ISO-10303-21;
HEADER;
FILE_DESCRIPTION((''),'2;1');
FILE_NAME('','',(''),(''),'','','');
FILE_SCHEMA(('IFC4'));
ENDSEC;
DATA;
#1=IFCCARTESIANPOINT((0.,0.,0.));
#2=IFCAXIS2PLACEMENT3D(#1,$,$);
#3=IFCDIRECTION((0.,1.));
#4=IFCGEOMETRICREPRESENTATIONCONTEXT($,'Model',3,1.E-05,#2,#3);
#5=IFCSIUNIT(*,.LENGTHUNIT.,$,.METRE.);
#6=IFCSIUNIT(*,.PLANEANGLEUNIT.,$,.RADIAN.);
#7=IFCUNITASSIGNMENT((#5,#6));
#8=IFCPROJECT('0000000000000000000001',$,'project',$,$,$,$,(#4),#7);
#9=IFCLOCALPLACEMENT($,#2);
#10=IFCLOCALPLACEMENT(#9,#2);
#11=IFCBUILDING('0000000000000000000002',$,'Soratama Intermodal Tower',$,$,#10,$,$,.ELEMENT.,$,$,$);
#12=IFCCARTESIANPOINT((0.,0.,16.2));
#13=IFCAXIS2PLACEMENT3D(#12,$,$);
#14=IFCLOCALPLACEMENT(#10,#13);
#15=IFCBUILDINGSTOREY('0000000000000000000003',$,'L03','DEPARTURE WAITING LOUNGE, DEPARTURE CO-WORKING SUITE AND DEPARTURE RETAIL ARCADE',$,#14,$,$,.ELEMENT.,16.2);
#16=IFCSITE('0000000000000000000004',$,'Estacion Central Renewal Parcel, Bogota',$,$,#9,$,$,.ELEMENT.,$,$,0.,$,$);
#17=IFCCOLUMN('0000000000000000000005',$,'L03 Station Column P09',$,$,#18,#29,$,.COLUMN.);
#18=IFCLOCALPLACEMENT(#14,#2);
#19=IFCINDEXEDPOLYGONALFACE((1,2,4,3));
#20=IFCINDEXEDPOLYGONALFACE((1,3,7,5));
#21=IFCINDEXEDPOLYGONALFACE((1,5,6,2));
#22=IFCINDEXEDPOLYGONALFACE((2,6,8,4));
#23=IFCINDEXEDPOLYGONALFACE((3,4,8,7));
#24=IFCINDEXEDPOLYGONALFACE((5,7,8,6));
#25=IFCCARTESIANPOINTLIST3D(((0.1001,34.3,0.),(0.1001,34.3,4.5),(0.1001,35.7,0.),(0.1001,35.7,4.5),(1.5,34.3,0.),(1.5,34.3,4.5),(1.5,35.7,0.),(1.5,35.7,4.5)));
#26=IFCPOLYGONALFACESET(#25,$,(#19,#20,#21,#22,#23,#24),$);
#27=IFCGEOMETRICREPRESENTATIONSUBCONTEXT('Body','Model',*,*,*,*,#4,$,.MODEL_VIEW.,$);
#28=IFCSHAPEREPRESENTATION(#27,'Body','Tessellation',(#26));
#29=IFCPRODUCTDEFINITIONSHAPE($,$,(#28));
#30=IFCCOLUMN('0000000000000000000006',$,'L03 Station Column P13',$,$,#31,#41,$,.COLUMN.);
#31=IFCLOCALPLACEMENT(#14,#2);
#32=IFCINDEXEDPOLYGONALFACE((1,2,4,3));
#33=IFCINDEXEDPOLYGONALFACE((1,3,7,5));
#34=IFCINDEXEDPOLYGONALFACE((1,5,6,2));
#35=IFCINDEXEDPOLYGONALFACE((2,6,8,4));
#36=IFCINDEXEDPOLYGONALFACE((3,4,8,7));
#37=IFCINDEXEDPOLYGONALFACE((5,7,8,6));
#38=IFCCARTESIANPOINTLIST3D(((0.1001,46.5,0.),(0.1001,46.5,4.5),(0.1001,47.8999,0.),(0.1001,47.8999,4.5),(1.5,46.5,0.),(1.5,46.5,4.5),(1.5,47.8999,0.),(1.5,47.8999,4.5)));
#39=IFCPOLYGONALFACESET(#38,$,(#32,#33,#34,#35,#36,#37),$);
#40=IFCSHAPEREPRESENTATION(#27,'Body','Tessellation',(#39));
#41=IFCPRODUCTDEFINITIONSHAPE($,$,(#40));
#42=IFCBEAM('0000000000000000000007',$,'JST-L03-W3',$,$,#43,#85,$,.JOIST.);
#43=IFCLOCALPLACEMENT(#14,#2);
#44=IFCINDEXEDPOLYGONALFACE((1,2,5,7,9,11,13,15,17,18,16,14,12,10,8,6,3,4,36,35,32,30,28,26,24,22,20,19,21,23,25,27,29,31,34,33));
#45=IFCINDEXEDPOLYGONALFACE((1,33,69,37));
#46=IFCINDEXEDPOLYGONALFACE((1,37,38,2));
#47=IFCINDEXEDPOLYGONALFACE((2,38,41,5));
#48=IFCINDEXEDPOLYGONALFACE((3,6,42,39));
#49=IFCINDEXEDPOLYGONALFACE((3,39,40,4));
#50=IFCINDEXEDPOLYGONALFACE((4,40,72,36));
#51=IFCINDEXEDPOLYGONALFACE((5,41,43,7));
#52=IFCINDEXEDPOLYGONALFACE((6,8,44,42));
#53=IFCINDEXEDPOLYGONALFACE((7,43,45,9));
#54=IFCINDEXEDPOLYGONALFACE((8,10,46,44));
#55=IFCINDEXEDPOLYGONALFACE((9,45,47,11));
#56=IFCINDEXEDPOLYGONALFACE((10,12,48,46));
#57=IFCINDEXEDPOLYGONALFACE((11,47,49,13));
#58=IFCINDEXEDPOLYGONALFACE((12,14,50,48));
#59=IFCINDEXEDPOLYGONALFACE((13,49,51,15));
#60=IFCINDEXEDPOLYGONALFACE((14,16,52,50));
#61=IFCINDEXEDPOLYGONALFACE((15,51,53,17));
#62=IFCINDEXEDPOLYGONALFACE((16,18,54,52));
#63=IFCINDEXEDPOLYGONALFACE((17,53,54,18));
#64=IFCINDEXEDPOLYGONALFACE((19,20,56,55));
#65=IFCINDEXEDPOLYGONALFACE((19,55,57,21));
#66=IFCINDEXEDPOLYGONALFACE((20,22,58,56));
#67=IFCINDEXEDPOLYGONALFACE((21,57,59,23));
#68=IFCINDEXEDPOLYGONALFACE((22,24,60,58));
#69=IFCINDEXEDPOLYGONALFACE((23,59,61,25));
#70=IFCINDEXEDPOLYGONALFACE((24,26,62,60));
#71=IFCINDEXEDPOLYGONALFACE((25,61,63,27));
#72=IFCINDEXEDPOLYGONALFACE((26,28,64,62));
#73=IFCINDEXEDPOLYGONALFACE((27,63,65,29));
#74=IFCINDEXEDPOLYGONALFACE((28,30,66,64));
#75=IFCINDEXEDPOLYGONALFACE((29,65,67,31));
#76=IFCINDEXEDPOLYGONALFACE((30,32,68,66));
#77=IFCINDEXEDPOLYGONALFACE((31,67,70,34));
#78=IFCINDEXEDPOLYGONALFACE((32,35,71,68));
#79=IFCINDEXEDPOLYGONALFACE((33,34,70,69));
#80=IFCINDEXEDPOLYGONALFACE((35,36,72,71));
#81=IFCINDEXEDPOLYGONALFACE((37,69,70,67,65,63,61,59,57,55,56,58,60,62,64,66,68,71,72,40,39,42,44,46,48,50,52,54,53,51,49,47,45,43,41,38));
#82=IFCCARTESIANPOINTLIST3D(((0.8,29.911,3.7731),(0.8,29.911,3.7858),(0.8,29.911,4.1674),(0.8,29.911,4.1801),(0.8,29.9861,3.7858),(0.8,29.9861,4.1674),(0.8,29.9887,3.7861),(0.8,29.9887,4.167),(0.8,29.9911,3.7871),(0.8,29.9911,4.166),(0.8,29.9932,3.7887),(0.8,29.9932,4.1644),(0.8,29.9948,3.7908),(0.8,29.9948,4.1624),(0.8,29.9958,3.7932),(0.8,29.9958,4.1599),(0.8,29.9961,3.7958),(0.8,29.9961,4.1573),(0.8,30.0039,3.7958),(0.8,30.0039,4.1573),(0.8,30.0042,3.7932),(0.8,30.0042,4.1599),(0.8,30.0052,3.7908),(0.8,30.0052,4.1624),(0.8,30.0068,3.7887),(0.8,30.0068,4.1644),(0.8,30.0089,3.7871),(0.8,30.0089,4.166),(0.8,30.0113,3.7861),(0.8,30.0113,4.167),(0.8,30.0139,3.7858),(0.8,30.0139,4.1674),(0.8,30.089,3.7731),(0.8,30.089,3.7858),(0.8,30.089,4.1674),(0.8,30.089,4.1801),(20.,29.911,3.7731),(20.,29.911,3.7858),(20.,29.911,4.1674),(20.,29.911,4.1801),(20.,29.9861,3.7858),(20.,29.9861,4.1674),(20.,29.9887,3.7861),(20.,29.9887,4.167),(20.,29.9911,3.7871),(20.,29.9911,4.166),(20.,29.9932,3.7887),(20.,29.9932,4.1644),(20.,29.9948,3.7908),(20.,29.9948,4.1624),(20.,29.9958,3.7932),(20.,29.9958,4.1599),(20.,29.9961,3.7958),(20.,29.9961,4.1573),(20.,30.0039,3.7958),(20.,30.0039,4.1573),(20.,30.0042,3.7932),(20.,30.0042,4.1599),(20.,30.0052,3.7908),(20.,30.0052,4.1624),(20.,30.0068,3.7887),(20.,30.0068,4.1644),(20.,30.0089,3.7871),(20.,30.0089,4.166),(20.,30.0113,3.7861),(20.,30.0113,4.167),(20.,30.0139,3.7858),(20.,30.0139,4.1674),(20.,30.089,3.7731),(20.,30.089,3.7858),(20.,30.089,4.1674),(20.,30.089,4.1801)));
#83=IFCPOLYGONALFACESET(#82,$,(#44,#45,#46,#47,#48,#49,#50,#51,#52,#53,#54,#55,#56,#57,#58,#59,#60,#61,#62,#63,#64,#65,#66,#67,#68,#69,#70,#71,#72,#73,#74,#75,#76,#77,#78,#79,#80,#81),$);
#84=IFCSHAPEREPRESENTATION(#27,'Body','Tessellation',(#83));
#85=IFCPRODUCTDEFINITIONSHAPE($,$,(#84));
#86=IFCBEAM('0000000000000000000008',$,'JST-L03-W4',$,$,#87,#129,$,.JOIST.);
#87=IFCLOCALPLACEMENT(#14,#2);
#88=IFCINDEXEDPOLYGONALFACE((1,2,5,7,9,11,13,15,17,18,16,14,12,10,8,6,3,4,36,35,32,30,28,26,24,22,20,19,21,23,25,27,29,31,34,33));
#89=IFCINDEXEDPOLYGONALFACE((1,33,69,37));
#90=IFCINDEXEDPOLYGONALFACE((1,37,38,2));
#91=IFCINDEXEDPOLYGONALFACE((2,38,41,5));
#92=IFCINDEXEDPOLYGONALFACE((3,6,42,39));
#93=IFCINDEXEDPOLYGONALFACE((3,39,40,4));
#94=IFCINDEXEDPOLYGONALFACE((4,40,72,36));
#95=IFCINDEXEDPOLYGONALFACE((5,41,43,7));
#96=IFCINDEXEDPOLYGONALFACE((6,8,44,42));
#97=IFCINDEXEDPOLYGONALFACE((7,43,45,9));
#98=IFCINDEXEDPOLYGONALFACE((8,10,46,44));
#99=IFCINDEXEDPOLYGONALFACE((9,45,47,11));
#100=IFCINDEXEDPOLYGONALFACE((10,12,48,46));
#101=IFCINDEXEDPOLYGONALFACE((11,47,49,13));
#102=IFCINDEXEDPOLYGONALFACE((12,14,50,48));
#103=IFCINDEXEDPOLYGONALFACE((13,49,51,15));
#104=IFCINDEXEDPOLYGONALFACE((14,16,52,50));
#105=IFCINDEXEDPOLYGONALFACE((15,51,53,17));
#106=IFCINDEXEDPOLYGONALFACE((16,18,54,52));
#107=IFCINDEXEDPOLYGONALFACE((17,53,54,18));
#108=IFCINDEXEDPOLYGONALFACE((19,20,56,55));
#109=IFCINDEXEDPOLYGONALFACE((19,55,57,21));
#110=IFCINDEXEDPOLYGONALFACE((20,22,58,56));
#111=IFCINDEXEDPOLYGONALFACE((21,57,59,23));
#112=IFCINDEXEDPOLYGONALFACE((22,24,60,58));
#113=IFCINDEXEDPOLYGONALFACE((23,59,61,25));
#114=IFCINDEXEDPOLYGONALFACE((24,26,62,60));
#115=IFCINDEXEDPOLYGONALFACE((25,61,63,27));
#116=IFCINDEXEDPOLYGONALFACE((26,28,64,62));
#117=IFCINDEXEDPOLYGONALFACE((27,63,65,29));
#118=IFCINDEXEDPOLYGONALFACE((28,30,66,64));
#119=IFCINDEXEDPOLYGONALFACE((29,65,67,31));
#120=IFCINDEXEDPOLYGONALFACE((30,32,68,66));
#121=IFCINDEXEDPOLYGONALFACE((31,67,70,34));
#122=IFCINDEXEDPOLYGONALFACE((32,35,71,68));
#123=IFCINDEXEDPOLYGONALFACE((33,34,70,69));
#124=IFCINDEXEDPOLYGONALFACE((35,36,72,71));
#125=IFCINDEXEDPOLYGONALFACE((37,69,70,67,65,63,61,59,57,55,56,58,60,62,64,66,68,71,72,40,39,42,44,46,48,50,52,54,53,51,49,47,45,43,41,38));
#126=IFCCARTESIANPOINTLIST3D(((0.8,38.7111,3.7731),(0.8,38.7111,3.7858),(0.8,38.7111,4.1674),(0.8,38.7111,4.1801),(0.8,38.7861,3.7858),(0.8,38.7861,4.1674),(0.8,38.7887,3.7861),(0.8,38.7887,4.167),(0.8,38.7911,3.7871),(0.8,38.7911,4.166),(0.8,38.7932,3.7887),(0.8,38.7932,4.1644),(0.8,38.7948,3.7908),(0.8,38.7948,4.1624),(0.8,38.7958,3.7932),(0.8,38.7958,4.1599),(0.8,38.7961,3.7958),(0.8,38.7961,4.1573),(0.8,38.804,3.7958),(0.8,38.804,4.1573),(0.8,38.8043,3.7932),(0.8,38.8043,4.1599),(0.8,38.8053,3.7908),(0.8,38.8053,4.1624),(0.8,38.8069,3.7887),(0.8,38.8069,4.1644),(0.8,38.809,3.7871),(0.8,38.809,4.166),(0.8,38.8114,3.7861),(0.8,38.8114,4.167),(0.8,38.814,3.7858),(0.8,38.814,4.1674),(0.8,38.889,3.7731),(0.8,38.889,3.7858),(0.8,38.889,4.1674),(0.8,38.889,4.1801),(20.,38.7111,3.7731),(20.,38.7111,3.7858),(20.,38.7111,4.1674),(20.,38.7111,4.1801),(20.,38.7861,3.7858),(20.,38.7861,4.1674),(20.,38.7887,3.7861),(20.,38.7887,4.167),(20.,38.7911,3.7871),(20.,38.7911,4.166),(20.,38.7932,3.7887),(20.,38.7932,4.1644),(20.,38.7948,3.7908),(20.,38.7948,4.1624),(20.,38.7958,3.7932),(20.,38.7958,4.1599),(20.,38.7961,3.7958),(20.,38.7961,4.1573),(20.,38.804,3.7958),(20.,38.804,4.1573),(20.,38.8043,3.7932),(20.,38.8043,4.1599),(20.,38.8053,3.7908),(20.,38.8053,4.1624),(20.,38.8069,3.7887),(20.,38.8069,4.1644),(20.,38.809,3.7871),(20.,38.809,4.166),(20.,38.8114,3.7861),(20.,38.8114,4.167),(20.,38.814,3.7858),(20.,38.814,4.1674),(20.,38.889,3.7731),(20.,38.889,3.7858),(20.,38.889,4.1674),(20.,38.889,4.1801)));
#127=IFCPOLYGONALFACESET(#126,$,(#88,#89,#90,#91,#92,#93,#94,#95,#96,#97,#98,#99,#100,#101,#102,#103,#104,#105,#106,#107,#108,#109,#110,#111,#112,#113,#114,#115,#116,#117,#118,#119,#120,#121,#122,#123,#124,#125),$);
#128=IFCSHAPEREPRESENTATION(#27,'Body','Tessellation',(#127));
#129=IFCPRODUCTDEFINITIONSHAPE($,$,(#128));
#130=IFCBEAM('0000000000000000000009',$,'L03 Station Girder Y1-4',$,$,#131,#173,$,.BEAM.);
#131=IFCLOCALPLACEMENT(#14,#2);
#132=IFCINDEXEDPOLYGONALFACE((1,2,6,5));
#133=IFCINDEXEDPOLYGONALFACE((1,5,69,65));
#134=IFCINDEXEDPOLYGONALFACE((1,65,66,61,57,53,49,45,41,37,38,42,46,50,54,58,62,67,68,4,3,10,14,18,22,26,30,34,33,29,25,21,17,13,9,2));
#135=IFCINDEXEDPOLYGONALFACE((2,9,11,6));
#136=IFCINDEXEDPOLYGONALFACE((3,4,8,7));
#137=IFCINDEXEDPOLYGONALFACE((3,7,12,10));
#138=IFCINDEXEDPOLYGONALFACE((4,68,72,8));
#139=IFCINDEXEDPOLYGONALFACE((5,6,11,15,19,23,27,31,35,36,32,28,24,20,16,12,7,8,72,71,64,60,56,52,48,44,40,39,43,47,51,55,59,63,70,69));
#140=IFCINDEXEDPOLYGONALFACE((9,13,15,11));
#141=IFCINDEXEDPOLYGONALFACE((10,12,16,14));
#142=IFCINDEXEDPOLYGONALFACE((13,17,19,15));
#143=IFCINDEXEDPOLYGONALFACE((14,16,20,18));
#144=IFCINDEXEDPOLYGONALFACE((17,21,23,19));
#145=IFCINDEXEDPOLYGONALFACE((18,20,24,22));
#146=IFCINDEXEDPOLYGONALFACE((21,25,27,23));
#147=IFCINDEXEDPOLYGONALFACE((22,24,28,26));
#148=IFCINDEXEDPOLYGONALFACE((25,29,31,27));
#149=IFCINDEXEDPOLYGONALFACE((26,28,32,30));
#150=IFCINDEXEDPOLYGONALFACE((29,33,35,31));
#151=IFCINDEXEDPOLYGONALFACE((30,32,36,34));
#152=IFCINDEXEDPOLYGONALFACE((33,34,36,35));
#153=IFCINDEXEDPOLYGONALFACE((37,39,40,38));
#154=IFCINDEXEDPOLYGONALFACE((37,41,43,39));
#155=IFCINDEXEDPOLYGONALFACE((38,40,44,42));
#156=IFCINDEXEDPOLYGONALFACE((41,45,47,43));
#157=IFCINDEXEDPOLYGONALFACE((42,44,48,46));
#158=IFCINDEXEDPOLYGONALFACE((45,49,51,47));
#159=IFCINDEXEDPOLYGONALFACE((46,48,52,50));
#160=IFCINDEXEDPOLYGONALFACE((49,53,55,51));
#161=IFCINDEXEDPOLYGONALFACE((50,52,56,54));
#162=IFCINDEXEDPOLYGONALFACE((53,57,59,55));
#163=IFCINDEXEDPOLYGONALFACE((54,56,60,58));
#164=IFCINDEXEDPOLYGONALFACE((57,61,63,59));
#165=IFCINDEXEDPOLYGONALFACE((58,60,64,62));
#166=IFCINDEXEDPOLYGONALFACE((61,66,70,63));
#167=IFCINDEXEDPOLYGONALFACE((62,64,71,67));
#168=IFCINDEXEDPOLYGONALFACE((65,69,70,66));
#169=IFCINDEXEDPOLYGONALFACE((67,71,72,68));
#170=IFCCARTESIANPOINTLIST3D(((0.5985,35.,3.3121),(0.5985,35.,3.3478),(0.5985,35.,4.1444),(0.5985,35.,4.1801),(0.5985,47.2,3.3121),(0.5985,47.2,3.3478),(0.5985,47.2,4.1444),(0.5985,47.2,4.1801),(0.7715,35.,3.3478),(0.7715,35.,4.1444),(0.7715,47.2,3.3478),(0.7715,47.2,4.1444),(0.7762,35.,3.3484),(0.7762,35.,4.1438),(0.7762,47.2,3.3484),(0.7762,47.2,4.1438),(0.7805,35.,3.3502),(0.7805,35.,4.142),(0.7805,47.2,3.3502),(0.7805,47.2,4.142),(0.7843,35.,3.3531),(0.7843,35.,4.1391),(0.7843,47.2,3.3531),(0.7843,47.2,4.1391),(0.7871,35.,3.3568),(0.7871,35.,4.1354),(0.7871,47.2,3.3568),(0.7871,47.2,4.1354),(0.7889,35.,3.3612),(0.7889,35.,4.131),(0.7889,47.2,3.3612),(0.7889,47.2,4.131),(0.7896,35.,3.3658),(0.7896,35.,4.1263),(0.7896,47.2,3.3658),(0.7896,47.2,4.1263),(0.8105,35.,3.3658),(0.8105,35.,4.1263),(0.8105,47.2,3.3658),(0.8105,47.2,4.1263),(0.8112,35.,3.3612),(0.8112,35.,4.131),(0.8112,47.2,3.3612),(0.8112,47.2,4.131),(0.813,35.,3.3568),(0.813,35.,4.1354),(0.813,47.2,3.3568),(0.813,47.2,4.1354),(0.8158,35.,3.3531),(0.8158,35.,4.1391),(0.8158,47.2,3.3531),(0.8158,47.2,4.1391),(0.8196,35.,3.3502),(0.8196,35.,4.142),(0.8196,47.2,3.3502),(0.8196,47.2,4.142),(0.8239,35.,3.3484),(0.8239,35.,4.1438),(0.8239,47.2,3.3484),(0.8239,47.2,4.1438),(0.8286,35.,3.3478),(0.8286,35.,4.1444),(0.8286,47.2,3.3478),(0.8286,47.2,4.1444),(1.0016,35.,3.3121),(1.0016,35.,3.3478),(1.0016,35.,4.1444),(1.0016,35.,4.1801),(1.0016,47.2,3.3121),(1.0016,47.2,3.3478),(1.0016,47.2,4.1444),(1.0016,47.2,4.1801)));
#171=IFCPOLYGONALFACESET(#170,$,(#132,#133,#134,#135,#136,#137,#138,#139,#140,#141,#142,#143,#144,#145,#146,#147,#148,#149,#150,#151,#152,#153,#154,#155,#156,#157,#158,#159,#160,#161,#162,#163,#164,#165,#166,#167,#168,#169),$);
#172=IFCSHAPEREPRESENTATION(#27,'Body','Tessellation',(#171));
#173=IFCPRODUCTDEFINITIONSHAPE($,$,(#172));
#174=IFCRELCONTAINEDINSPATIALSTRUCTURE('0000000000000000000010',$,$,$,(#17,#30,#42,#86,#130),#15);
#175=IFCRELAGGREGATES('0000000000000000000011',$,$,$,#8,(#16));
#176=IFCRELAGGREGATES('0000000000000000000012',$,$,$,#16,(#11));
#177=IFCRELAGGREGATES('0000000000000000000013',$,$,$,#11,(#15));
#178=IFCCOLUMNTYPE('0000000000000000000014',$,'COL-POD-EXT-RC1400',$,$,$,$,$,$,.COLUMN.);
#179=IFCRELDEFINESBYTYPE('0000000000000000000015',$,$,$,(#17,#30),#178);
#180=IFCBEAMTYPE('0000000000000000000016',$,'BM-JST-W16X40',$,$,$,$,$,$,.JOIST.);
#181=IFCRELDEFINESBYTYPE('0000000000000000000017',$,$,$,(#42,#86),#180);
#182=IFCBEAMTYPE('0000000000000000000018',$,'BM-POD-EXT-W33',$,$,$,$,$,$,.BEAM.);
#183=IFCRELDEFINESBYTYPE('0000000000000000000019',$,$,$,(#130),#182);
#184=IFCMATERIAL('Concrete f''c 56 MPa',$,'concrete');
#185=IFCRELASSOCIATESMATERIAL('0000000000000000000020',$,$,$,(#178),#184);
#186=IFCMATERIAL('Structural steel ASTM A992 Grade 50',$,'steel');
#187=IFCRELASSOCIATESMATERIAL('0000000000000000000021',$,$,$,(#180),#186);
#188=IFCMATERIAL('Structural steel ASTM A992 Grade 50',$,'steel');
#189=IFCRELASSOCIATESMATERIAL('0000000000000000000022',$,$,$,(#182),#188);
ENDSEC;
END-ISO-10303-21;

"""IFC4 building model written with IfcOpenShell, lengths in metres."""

from ifc_helpers import new_model, si_unit, direction, frame, origin, origin_2d, place, context, subcontext, project, spatial, rectangle, i_section, extrude, material, material_profile, profile_set, type_object, element, save


model = new_model("IFC4")

# Units and contexts
model_context = context("Model", 3, precision=1e-05, world=origin(), true_north=direction((0.0, 1.0)))
body_context = subcontext(model_context, "Body", "Model", "MODEL_VIEW")
ifc_project = project(units=[si_unit("LENGTHUNIT", "METRE"), si_unit("PLANEANGLEUNIT", "RADIAN")], contexts=[model_context])

# Site, building, storey
site_placement = place(None, origin())
site = spatial("IfcSite", under=ifc_project, at=site_placement, Name="Estacion Central Renewal Parcel, Bogota", CompositionType="ELEMENT", RefElevation=0.0)
building_placement = place(site_placement, origin())
building = spatial("IfcBuilding", under=site, at=building_placement, Name="Soratama Intermodal Tower", CompositionType="ELEMENT")
storey_placement = place(building_placement, frame((0.0, 0.0, 16.2)))
storey = spatial("IfcBuildingStorey", under=building, at=storey_placement, Name="L03", Description="DEPARTURE WAITING LOUNGE, DEPARTURE CO-WORKING SUITE AND DEPARTURE RETAIL ARCADE", CompositionType="ELEMENT", Elevation=16.2)

# Columns
ifc_material_1 = material(Name="Concrete f'c 56 MPa", Category="concrete")
ifc_material_profile_1 = material_profile(ifc_material_1, rectangle(XDim=1.3999, YDim=1.3999, at=origin_2d()), Name="RC1400X1400")
ifc_profile_set_1 = profile_set([ifc_material_profile_1], Name="Concrete f'c 56 MPa")
column_type = type_object("IfcColumnType", Name="COL-POD-EXT-RC1400", PredefinedType="COLUMN", material=ifc_profile_set_1)
for number, where, z_axis, x_axis, name in (
    (1, (0.8, 35.0, 0.0), (0.0, 0.0, 1.0), (1.0, 0.0, 0.0), "L03 Station Column P09"),
    (2, (0.8, 47.2, 0.0), (0.0, 0.0, 1.0), (1.0, 0.0, 0.0), "L03 Station Column P13"),
):
    element("IfcColumn", number, at=place(storey_placement, frame(where, z_axis=z_axis, x_axis=x_axis)), inside=storey, type_object=column_type, Name=name, PredefinedType="COLUMN", context=body_context, shape_type="SweptSolid", body=[
        extrude(rectangle(XDim=1.3999, YDim=1.3999, at=origin_2d()), origin(), (0.0, 0.0, 1.0), 4.5),
    ])

# Beams
ifc_material_2 = material(Name="Structural steel ASTM A992 Grade 50", Category="steel")
ifc_material_profile_2 = material_profile(ifc_material_2, i_section(OverallWidth=0.178, OverallDepth=0.407, WebThickness=0.0078, FlangeThickness=0.0127, FilletRadius=0.01, at=origin_2d()), Name="W16X40")
ifc_profile_set_2 = profile_set([ifc_material_profile_2], Name="Structural steel ASTM A992 Grade 50")
beam_type_1 = type_object("IfcBeamType", Name="BM-JST-W16X40", PredefinedType="JOIST", material=ifc_profile_set_2)
for number, where, z_axis, x_axis, name in (
    (3, (0.8, 30.0, 3.9766), (1.0, 0.0, 0.0), (0.0, 1.0, 0.0), "JST-L03-W3"),
    (4, (0.8, 38.8, 3.9766), (1.0, 0.0, 0.0), (0.0, 1.0, 0.0), "JST-L03-W4"),
):
    element("IfcBeam", number, at=place(storey_placement, frame(where, z_axis=z_axis, x_axis=x_axis)), inside=storey, type_object=beam_type_1, Name=name, PredefinedType="JOIST", context=body_context, shape_type="SweptSolid", body=[
        extrude(i_section(OverallWidth=0.178, OverallDepth=0.407, WebThickness=0.0078, FlangeThickness=0.0127, FilletRadius=0.01, at=origin_2d()), origin(), (0.0, 0.0, 1.0), 19.2),
    ])
ifc_material_3 = material(Name="Structural steel ASTM A992 Grade 50", Category="steel")
ifc_material_profile_3 = material_profile(ifc_material_3, i_section(OverallWidth=0.4031, OverallDepth=0.8679, WebThickness=0.021, FlangeThickness=0.0356, FilletRadius=0.0181, at=origin_2d()), Name="W33X241")
ifc_profile_set_3 = profile_set([ifc_material_profile_3], Name="Structural steel ASTM A992 Grade 50")
beam_type_2 = type_object("IfcBeamType", Name="BM-POD-EXT-W33", PredefinedType="BEAM", material=ifc_profile_set_3)
beam_1_placement = place(storey_placement, frame((0.8, 35.0, 3.7461), z_axis=(0.0, 1.0, 0.0), x_axis=(-1.0, 0.0, 0.0)))
element("IfcBeam", 5, at=beam_1_placement, inside=storey, type_object=beam_type_2, Name="L03 Station Girder Y1-4", PredefinedType="BEAM", context=body_context, shape_type="SweptSolid", body=[
    extrude(i_section(OverallWidth=0.4031, OverallDepth=0.8679, WebThickness=0.021, FlangeThickness=0.0356, FilletRadius=0.0181, at=origin_2d()), origin(), (0.0, 0.0, 1.0), 12.2),
])

save(model, "model.ifc")
